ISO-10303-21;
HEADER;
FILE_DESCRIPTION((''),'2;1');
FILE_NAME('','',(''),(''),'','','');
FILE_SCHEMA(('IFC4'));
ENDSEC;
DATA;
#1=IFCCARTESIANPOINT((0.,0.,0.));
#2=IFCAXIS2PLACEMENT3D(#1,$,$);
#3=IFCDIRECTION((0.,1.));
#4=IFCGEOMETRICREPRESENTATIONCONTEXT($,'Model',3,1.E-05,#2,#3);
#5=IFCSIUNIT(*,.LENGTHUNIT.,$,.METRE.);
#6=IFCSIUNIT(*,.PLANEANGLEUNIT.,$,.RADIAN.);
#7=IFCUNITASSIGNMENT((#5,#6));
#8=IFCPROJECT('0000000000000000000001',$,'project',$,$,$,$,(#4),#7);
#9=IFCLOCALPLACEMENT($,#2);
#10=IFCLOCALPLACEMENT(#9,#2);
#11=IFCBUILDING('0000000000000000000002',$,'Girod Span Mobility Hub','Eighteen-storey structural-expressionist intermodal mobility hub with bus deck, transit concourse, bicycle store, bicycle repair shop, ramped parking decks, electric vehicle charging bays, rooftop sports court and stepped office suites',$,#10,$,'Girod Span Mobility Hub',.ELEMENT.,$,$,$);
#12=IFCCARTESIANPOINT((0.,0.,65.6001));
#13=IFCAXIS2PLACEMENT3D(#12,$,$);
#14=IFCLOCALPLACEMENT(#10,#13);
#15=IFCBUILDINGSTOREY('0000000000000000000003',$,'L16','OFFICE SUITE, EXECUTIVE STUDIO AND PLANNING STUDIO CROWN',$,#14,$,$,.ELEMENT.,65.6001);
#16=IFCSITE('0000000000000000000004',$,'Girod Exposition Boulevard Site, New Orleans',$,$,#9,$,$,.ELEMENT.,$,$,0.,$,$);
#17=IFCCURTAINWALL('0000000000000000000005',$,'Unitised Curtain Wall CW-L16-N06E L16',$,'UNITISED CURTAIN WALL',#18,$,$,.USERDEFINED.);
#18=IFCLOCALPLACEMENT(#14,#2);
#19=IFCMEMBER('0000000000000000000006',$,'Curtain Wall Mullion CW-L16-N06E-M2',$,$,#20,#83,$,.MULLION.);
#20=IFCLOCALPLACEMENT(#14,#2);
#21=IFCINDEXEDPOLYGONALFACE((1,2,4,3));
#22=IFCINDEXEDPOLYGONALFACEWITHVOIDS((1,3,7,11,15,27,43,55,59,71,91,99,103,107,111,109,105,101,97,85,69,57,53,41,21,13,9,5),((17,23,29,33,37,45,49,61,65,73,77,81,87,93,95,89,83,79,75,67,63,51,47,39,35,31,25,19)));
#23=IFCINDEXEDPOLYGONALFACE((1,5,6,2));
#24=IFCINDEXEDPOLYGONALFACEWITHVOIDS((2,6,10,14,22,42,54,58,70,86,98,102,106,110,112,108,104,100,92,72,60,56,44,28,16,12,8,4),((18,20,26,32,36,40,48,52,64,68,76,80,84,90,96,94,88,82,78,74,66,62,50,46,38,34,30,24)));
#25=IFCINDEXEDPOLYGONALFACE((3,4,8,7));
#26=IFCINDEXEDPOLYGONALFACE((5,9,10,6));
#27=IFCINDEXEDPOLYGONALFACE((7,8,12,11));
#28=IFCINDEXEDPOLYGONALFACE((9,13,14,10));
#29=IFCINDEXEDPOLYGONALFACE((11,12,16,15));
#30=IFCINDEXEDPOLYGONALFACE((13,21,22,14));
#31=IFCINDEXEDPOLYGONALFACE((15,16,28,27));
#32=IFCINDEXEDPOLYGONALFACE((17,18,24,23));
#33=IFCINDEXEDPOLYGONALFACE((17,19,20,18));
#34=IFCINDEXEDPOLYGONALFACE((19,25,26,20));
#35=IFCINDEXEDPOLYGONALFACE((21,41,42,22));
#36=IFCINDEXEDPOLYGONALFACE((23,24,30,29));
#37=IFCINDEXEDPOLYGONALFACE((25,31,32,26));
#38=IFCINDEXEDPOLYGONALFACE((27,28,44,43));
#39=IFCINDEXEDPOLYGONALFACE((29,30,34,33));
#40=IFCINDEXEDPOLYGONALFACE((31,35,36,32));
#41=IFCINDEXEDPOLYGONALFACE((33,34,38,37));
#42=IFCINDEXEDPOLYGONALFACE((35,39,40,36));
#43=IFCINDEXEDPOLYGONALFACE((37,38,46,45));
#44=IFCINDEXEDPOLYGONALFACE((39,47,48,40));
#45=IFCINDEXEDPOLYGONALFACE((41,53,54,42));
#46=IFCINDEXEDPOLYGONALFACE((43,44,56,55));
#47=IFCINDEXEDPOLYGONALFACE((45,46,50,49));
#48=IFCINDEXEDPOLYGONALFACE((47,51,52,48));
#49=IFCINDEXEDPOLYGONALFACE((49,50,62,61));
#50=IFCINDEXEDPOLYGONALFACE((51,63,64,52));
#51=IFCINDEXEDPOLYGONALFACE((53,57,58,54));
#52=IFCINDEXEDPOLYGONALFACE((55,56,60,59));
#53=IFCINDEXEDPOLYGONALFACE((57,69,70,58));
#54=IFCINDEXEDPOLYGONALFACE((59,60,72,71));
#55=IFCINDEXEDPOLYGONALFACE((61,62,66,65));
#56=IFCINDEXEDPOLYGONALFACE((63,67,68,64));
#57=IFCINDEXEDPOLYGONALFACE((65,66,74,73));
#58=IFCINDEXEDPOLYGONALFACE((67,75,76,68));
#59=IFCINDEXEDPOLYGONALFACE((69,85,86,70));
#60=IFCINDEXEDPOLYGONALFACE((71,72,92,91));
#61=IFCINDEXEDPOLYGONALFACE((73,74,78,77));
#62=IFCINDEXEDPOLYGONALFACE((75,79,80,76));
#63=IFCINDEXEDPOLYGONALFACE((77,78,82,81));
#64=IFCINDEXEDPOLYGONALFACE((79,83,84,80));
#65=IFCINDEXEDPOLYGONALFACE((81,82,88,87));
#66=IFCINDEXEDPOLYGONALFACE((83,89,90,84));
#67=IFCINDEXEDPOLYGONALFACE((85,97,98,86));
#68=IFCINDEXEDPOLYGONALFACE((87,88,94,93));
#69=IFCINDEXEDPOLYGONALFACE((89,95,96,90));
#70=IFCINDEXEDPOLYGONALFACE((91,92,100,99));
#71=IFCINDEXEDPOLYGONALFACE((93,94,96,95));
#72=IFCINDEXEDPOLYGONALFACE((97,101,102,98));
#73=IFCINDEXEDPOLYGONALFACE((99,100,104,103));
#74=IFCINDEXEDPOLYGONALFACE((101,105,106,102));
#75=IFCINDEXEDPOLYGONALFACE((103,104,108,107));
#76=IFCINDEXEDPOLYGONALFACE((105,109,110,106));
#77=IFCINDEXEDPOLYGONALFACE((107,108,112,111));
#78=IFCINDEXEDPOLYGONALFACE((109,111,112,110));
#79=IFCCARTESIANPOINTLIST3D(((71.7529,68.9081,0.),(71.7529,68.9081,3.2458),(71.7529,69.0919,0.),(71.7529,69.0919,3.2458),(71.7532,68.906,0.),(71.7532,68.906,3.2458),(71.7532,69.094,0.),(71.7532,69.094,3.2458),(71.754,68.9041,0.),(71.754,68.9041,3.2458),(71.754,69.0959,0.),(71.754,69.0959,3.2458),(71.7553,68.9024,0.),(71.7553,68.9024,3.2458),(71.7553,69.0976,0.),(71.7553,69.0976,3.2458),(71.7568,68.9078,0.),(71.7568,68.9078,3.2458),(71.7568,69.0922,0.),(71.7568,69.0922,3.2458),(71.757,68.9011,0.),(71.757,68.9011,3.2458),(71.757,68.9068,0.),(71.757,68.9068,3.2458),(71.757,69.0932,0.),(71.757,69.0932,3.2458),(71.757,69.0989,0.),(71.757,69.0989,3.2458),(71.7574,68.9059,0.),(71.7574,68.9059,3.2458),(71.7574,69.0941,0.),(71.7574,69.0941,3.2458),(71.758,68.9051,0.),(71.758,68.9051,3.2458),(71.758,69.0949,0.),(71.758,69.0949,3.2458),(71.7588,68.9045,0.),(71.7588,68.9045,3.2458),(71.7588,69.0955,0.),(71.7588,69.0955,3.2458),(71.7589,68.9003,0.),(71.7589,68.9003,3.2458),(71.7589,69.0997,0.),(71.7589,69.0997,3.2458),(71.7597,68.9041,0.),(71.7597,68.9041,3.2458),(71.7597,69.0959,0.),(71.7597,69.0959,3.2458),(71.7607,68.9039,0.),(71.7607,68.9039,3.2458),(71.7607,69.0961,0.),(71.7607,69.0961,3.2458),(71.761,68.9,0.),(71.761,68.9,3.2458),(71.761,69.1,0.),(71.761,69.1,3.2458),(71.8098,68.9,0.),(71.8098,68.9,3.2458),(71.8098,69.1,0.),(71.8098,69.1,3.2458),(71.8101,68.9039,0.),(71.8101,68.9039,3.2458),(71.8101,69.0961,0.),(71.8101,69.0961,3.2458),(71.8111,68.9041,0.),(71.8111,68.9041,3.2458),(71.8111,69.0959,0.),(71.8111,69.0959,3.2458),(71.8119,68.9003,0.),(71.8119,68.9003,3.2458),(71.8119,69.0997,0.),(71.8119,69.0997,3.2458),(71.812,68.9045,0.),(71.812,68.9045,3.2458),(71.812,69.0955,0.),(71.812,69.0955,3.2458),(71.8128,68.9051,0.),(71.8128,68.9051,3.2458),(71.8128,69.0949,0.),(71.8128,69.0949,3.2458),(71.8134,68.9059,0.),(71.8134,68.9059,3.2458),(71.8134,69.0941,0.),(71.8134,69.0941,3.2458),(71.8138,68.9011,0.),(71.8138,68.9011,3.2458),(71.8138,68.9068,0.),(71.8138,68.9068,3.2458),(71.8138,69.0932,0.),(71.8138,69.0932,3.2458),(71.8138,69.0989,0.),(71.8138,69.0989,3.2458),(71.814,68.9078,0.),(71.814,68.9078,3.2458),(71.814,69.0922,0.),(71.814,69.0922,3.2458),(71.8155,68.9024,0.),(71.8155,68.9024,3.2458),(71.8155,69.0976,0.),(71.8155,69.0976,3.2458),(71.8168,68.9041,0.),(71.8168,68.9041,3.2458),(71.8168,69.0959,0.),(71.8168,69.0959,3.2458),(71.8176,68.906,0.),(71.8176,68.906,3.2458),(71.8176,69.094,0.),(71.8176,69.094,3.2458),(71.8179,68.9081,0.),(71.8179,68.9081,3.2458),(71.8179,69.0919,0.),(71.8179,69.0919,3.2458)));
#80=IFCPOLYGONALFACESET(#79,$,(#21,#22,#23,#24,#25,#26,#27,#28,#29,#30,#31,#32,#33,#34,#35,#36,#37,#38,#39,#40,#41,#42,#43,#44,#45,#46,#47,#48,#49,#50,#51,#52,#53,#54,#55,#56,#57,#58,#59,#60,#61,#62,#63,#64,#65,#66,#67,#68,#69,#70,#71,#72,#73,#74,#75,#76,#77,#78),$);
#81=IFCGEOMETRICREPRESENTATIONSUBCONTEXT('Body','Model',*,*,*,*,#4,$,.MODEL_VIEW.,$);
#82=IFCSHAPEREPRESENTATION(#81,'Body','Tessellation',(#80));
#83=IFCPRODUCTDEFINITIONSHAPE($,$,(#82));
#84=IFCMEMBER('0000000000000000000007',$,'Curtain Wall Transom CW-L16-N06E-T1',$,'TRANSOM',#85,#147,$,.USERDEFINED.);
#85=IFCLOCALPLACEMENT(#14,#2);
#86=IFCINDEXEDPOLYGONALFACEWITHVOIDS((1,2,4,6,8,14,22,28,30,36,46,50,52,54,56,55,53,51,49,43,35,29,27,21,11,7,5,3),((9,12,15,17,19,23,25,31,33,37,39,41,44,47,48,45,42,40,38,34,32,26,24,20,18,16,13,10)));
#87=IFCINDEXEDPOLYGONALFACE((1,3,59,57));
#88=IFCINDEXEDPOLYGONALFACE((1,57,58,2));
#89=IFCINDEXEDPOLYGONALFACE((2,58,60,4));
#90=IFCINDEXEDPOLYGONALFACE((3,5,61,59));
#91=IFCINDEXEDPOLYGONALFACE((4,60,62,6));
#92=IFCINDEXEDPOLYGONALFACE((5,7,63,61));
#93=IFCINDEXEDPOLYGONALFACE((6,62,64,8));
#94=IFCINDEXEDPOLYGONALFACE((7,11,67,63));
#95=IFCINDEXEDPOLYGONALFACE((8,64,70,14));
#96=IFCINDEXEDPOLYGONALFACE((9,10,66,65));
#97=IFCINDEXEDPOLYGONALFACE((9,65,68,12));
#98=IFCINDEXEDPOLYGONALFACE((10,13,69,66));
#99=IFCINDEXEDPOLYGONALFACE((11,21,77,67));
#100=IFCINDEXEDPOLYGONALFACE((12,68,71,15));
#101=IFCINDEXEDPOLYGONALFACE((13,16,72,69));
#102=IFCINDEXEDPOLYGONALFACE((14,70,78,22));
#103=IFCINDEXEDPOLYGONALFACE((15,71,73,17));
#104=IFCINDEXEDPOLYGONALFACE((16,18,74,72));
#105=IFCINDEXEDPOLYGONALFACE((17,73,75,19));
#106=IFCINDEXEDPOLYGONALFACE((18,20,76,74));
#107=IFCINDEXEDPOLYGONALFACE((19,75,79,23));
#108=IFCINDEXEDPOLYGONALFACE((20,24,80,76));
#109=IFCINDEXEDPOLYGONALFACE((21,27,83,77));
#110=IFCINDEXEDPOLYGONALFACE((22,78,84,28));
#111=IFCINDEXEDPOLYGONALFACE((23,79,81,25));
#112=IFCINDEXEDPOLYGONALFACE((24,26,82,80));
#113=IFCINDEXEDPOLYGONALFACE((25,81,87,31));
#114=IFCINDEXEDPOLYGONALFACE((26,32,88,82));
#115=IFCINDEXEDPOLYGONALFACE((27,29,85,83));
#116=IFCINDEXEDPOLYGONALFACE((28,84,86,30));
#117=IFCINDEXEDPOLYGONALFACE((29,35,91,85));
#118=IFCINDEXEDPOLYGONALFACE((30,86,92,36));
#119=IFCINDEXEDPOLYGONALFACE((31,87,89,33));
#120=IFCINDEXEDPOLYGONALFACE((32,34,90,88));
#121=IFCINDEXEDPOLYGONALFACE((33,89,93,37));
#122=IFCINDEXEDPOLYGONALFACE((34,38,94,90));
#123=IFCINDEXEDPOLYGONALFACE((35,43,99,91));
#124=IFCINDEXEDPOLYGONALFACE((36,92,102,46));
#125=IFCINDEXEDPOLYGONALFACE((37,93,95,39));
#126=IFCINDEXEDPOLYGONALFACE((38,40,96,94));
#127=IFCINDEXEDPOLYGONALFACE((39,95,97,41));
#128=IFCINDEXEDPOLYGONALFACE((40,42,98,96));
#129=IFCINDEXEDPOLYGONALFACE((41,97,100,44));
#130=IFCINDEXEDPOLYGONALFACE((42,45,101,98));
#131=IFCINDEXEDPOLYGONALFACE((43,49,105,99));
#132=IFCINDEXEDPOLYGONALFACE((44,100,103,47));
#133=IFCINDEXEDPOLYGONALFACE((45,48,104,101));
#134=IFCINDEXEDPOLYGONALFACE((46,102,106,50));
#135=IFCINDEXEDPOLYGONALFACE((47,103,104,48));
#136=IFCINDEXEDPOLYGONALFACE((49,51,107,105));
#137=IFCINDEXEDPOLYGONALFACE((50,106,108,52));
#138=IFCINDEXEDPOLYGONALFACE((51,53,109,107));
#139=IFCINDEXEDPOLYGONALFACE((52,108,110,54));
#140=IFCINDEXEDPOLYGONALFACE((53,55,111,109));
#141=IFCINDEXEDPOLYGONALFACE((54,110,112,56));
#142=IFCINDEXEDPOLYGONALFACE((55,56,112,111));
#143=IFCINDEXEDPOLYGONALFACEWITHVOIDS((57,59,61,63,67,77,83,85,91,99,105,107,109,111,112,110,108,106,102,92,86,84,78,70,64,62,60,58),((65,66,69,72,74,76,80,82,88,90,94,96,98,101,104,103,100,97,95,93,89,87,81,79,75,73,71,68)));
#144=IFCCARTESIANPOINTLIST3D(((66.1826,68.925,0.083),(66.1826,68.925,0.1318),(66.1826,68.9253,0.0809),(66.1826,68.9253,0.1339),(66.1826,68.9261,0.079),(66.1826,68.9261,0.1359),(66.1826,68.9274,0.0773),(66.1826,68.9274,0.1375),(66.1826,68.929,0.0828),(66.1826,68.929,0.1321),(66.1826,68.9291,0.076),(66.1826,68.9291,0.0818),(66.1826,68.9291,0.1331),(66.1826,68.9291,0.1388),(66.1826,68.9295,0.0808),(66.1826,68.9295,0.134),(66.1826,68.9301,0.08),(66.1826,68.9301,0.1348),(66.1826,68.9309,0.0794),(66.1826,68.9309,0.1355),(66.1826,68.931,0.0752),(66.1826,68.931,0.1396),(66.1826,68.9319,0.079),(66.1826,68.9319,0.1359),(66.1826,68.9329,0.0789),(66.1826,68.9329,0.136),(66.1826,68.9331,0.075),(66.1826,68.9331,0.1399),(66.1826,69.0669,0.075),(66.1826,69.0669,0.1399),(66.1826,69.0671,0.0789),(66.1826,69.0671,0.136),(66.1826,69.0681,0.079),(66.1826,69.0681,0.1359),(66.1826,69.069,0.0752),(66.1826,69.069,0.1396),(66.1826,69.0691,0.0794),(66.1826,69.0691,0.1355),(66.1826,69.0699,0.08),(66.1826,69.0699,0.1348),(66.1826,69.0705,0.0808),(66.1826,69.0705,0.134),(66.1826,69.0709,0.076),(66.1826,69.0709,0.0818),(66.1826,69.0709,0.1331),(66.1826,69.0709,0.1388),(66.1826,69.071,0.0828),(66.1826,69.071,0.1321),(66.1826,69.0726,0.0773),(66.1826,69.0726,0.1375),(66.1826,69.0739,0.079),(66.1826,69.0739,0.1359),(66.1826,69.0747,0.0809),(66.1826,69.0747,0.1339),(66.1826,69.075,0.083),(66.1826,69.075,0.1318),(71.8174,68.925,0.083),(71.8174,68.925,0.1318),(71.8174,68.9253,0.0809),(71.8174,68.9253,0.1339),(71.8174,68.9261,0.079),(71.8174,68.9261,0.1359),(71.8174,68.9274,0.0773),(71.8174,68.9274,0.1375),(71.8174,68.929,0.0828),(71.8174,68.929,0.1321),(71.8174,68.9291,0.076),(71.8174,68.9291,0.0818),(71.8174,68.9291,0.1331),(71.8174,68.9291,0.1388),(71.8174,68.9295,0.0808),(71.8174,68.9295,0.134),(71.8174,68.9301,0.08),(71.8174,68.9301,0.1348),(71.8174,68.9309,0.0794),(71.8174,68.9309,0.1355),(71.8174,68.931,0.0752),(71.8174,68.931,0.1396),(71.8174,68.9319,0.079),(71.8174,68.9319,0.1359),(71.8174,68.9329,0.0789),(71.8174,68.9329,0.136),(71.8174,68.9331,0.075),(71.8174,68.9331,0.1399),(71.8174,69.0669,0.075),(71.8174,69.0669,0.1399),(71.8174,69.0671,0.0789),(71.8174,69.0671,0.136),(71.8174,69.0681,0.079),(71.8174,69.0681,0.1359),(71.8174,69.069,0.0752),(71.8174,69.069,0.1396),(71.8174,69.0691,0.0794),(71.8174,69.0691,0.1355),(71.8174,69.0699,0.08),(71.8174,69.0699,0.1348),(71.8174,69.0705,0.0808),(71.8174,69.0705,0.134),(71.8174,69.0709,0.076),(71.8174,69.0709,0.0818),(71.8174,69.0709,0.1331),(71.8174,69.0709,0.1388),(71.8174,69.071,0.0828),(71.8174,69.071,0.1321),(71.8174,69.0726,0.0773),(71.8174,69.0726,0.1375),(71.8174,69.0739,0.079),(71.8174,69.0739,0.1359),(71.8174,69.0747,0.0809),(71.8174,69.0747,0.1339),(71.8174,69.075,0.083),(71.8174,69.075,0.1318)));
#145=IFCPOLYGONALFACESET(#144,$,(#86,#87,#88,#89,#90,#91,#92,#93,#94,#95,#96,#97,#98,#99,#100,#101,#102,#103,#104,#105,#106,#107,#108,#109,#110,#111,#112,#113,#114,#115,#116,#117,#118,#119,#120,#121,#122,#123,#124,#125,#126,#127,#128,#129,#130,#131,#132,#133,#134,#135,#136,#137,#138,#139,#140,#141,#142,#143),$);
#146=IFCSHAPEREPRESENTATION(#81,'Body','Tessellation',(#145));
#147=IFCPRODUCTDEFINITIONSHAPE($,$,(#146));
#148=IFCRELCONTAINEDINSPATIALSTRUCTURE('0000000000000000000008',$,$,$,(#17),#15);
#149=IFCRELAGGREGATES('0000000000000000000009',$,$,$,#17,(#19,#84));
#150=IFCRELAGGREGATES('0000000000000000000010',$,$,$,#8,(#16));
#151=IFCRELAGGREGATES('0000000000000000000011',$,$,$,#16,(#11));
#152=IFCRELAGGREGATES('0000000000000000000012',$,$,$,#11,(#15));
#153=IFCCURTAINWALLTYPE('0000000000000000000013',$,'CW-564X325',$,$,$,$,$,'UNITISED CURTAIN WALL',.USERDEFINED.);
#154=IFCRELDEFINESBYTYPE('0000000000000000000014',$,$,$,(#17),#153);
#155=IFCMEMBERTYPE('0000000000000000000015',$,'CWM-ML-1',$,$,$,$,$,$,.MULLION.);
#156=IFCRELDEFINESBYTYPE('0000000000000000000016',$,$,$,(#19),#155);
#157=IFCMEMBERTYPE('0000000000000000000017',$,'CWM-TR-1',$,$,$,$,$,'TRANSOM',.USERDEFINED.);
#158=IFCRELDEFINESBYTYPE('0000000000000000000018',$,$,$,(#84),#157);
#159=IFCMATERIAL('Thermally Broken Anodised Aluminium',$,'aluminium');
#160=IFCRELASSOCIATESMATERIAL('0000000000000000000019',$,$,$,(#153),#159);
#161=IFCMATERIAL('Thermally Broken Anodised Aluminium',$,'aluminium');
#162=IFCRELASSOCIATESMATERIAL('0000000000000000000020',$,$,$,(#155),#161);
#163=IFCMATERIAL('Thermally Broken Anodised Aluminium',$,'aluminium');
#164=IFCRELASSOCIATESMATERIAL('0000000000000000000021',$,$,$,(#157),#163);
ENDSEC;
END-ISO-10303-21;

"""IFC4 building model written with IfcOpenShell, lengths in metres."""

from ifc_helpers import new_model, si_unit, direction, frame, origin, origin_2d, place, context, subcontext, project, spatial, hollow_rectangle, extrude, material, material_profile, profile_set, type_object, element, aggregate, save


model = new_model("IFC4")

# Units and contexts
model_context = context("Model", 3, precision=1e-05, world=origin(), true_north=direction((0.0, 1.0)))
body_context = subcontext(model_context, "Body", "Model", "MODEL_VIEW")
ifc_project = project(units=[si_unit("LENGTHUNIT", "METRE"), si_unit("PLANEANGLEUNIT", "RADIAN")], contexts=[model_context])

# Site, building, storey
site_placement = place(None, origin())
site = spatial("IfcSite", under=ifc_project, at=site_placement, Name="Girod Exposition Boulevard Site, New Orleans", CompositionType="ELEMENT", RefElevation=0.0)
building_placement = place(site_placement, origin())
building = spatial("IfcBuilding", under=site, at=building_placement, Name="Girod Span Mobility Hub", Description="Eighteen-storey structural-expressionist intermodal mobility hub with bus deck, transit concourse, bicycle store, bicycle repair shop, ramped parking decks, electric vehicle charging bays, rooftop sports court and stepped office suites", LongName="Girod Span Mobility Hub", CompositionType="ELEMENT")
storey_placement = place(building_placement, frame((0.0, 0.0, 65.6001)))
storey = spatial("IfcBuildingStorey", under=building, at=storey_placement, Name="L16", Description="OFFICE SUITE, EXECUTIVE STUDIO AND PLANNING STUDIO CROWN", CompositionType="ELEMENT", Elevation=65.6001)

# Curtain wall, members
ifc_material_1 = material(Name="Thermally Broken Anodised Aluminium", Category="aluminium")
curtain_wall_type = type_object("IfcCurtainWallType", Name="CW-564X325", ElementType="UNITISED CURTAIN WALL", PredefinedType="USERDEFINED", material=ifc_material_1)
curtain_wall_1_placement = place(storey_placement, origin())
curtain_wall_1 = element("IfcCurtainWall", 1, at=curtain_wall_1_placement, inside=storey, type_object=curtain_wall_type, Name="Unitised Curtain Wall CW-L16-N06E L16", ObjectType="UNITISED CURTAIN WALL", PredefinedType="USERDEFINED")
ifc_material_2 = material(Name="Thermally Broken Anodised Aluminium", Category="aluminium")
ifc_material_profile_1 = material_profile(ifc_material_2, hollow_rectangle(XDim=0.2, YDim=0.0649, WallThickness=0.0039, InnerFilletRadius=0.0039, OuterFilletRadius=0.0081, at=origin_2d()), Name="CW-ML-65X200")
ifc_profile_set_1 = profile_set([ifc_material_profile_1], Name="Thermally Broken Anodised Aluminium")
member_type_1 = type_object("IfcMemberType", Name="CWM-ML-1", PredefinedType="MULLION", material=ifc_profile_set_1)
member_1_placement = place(storey_placement, frame((71.7854, 69.0, 0.0), z_axis=(0.0, 0.0, 1.0), x_axis=(0.0, 1.0, 0.0)))
member_1 = element("IfcMember", 2, at=member_1_placement, type_object=member_type_1, Name="Curtain Wall Mullion CW-L16-N06E-M2", PredefinedType="MULLION", context=body_context, shape_type="SweptSolid", body=[
    extrude(hollow_rectangle(XDim=0.2, YDim=0.0649, WallThickness=0.0039, InnerFilletRadius=0.0039, OuterFilletRadius=0.0081, at=origin_2d()), origin(), (0.0, 0.0, 1.0), 3.2458),
])
ifc_material_3 = material(Name="Thermally Broken Anodised Aluminium", Category="aluminium")
ifc_material_profile_2 = material_profile(ifc_material_3, hollow_rectangle(XDim=0.1499, YDim=0.0649, WallThickness=0.0039, InnerFilletRadius=0.0039, OuterFilletRadius=0.0081, at=origin_2d()), Name="CW-TR-65X150")
ifc_profile_set_2 = profile_set([ifc_material_profile_2], Name="Thermally Broken Anodised Aluminium")
member_type_2 = type_object("IfcMemberType", Name="CWM-TR-1", ElementType="TRANSOM", PredefinedType="USERDEFINED", material=ifc_profile_set_2)
member_2_placement = place(storey_placement, frame((66.1826, 69.0, 0.1074), z_axis=(1.0, 0.0, 0.0), x_axis=(0.0, 1.0, 0.0)))
member_2 = element("IfcMember", 3, at=member_2_placement, type_object=member_type_2, Name="Curtain Wall Transom CW-L16-N06E-T1", ObjectType="TRANSOM", PredefinedType="USERDEFINED", context=body_context, shape_type="SweptSolid", body=[
    extrude(hollow_rectangle(XDim=0.1499, YDim=0.0649, WallThickness=0.0039, InnerFilletRadius=0.0039, OuterFilletRadius=0.0081, at=origin_2d()), origin(), (0.0, 0.0, 1.0), 5.6348),
])

aggregate(curtain_wall_1, [member_1, member_2])

save(model, "model.ifc")
